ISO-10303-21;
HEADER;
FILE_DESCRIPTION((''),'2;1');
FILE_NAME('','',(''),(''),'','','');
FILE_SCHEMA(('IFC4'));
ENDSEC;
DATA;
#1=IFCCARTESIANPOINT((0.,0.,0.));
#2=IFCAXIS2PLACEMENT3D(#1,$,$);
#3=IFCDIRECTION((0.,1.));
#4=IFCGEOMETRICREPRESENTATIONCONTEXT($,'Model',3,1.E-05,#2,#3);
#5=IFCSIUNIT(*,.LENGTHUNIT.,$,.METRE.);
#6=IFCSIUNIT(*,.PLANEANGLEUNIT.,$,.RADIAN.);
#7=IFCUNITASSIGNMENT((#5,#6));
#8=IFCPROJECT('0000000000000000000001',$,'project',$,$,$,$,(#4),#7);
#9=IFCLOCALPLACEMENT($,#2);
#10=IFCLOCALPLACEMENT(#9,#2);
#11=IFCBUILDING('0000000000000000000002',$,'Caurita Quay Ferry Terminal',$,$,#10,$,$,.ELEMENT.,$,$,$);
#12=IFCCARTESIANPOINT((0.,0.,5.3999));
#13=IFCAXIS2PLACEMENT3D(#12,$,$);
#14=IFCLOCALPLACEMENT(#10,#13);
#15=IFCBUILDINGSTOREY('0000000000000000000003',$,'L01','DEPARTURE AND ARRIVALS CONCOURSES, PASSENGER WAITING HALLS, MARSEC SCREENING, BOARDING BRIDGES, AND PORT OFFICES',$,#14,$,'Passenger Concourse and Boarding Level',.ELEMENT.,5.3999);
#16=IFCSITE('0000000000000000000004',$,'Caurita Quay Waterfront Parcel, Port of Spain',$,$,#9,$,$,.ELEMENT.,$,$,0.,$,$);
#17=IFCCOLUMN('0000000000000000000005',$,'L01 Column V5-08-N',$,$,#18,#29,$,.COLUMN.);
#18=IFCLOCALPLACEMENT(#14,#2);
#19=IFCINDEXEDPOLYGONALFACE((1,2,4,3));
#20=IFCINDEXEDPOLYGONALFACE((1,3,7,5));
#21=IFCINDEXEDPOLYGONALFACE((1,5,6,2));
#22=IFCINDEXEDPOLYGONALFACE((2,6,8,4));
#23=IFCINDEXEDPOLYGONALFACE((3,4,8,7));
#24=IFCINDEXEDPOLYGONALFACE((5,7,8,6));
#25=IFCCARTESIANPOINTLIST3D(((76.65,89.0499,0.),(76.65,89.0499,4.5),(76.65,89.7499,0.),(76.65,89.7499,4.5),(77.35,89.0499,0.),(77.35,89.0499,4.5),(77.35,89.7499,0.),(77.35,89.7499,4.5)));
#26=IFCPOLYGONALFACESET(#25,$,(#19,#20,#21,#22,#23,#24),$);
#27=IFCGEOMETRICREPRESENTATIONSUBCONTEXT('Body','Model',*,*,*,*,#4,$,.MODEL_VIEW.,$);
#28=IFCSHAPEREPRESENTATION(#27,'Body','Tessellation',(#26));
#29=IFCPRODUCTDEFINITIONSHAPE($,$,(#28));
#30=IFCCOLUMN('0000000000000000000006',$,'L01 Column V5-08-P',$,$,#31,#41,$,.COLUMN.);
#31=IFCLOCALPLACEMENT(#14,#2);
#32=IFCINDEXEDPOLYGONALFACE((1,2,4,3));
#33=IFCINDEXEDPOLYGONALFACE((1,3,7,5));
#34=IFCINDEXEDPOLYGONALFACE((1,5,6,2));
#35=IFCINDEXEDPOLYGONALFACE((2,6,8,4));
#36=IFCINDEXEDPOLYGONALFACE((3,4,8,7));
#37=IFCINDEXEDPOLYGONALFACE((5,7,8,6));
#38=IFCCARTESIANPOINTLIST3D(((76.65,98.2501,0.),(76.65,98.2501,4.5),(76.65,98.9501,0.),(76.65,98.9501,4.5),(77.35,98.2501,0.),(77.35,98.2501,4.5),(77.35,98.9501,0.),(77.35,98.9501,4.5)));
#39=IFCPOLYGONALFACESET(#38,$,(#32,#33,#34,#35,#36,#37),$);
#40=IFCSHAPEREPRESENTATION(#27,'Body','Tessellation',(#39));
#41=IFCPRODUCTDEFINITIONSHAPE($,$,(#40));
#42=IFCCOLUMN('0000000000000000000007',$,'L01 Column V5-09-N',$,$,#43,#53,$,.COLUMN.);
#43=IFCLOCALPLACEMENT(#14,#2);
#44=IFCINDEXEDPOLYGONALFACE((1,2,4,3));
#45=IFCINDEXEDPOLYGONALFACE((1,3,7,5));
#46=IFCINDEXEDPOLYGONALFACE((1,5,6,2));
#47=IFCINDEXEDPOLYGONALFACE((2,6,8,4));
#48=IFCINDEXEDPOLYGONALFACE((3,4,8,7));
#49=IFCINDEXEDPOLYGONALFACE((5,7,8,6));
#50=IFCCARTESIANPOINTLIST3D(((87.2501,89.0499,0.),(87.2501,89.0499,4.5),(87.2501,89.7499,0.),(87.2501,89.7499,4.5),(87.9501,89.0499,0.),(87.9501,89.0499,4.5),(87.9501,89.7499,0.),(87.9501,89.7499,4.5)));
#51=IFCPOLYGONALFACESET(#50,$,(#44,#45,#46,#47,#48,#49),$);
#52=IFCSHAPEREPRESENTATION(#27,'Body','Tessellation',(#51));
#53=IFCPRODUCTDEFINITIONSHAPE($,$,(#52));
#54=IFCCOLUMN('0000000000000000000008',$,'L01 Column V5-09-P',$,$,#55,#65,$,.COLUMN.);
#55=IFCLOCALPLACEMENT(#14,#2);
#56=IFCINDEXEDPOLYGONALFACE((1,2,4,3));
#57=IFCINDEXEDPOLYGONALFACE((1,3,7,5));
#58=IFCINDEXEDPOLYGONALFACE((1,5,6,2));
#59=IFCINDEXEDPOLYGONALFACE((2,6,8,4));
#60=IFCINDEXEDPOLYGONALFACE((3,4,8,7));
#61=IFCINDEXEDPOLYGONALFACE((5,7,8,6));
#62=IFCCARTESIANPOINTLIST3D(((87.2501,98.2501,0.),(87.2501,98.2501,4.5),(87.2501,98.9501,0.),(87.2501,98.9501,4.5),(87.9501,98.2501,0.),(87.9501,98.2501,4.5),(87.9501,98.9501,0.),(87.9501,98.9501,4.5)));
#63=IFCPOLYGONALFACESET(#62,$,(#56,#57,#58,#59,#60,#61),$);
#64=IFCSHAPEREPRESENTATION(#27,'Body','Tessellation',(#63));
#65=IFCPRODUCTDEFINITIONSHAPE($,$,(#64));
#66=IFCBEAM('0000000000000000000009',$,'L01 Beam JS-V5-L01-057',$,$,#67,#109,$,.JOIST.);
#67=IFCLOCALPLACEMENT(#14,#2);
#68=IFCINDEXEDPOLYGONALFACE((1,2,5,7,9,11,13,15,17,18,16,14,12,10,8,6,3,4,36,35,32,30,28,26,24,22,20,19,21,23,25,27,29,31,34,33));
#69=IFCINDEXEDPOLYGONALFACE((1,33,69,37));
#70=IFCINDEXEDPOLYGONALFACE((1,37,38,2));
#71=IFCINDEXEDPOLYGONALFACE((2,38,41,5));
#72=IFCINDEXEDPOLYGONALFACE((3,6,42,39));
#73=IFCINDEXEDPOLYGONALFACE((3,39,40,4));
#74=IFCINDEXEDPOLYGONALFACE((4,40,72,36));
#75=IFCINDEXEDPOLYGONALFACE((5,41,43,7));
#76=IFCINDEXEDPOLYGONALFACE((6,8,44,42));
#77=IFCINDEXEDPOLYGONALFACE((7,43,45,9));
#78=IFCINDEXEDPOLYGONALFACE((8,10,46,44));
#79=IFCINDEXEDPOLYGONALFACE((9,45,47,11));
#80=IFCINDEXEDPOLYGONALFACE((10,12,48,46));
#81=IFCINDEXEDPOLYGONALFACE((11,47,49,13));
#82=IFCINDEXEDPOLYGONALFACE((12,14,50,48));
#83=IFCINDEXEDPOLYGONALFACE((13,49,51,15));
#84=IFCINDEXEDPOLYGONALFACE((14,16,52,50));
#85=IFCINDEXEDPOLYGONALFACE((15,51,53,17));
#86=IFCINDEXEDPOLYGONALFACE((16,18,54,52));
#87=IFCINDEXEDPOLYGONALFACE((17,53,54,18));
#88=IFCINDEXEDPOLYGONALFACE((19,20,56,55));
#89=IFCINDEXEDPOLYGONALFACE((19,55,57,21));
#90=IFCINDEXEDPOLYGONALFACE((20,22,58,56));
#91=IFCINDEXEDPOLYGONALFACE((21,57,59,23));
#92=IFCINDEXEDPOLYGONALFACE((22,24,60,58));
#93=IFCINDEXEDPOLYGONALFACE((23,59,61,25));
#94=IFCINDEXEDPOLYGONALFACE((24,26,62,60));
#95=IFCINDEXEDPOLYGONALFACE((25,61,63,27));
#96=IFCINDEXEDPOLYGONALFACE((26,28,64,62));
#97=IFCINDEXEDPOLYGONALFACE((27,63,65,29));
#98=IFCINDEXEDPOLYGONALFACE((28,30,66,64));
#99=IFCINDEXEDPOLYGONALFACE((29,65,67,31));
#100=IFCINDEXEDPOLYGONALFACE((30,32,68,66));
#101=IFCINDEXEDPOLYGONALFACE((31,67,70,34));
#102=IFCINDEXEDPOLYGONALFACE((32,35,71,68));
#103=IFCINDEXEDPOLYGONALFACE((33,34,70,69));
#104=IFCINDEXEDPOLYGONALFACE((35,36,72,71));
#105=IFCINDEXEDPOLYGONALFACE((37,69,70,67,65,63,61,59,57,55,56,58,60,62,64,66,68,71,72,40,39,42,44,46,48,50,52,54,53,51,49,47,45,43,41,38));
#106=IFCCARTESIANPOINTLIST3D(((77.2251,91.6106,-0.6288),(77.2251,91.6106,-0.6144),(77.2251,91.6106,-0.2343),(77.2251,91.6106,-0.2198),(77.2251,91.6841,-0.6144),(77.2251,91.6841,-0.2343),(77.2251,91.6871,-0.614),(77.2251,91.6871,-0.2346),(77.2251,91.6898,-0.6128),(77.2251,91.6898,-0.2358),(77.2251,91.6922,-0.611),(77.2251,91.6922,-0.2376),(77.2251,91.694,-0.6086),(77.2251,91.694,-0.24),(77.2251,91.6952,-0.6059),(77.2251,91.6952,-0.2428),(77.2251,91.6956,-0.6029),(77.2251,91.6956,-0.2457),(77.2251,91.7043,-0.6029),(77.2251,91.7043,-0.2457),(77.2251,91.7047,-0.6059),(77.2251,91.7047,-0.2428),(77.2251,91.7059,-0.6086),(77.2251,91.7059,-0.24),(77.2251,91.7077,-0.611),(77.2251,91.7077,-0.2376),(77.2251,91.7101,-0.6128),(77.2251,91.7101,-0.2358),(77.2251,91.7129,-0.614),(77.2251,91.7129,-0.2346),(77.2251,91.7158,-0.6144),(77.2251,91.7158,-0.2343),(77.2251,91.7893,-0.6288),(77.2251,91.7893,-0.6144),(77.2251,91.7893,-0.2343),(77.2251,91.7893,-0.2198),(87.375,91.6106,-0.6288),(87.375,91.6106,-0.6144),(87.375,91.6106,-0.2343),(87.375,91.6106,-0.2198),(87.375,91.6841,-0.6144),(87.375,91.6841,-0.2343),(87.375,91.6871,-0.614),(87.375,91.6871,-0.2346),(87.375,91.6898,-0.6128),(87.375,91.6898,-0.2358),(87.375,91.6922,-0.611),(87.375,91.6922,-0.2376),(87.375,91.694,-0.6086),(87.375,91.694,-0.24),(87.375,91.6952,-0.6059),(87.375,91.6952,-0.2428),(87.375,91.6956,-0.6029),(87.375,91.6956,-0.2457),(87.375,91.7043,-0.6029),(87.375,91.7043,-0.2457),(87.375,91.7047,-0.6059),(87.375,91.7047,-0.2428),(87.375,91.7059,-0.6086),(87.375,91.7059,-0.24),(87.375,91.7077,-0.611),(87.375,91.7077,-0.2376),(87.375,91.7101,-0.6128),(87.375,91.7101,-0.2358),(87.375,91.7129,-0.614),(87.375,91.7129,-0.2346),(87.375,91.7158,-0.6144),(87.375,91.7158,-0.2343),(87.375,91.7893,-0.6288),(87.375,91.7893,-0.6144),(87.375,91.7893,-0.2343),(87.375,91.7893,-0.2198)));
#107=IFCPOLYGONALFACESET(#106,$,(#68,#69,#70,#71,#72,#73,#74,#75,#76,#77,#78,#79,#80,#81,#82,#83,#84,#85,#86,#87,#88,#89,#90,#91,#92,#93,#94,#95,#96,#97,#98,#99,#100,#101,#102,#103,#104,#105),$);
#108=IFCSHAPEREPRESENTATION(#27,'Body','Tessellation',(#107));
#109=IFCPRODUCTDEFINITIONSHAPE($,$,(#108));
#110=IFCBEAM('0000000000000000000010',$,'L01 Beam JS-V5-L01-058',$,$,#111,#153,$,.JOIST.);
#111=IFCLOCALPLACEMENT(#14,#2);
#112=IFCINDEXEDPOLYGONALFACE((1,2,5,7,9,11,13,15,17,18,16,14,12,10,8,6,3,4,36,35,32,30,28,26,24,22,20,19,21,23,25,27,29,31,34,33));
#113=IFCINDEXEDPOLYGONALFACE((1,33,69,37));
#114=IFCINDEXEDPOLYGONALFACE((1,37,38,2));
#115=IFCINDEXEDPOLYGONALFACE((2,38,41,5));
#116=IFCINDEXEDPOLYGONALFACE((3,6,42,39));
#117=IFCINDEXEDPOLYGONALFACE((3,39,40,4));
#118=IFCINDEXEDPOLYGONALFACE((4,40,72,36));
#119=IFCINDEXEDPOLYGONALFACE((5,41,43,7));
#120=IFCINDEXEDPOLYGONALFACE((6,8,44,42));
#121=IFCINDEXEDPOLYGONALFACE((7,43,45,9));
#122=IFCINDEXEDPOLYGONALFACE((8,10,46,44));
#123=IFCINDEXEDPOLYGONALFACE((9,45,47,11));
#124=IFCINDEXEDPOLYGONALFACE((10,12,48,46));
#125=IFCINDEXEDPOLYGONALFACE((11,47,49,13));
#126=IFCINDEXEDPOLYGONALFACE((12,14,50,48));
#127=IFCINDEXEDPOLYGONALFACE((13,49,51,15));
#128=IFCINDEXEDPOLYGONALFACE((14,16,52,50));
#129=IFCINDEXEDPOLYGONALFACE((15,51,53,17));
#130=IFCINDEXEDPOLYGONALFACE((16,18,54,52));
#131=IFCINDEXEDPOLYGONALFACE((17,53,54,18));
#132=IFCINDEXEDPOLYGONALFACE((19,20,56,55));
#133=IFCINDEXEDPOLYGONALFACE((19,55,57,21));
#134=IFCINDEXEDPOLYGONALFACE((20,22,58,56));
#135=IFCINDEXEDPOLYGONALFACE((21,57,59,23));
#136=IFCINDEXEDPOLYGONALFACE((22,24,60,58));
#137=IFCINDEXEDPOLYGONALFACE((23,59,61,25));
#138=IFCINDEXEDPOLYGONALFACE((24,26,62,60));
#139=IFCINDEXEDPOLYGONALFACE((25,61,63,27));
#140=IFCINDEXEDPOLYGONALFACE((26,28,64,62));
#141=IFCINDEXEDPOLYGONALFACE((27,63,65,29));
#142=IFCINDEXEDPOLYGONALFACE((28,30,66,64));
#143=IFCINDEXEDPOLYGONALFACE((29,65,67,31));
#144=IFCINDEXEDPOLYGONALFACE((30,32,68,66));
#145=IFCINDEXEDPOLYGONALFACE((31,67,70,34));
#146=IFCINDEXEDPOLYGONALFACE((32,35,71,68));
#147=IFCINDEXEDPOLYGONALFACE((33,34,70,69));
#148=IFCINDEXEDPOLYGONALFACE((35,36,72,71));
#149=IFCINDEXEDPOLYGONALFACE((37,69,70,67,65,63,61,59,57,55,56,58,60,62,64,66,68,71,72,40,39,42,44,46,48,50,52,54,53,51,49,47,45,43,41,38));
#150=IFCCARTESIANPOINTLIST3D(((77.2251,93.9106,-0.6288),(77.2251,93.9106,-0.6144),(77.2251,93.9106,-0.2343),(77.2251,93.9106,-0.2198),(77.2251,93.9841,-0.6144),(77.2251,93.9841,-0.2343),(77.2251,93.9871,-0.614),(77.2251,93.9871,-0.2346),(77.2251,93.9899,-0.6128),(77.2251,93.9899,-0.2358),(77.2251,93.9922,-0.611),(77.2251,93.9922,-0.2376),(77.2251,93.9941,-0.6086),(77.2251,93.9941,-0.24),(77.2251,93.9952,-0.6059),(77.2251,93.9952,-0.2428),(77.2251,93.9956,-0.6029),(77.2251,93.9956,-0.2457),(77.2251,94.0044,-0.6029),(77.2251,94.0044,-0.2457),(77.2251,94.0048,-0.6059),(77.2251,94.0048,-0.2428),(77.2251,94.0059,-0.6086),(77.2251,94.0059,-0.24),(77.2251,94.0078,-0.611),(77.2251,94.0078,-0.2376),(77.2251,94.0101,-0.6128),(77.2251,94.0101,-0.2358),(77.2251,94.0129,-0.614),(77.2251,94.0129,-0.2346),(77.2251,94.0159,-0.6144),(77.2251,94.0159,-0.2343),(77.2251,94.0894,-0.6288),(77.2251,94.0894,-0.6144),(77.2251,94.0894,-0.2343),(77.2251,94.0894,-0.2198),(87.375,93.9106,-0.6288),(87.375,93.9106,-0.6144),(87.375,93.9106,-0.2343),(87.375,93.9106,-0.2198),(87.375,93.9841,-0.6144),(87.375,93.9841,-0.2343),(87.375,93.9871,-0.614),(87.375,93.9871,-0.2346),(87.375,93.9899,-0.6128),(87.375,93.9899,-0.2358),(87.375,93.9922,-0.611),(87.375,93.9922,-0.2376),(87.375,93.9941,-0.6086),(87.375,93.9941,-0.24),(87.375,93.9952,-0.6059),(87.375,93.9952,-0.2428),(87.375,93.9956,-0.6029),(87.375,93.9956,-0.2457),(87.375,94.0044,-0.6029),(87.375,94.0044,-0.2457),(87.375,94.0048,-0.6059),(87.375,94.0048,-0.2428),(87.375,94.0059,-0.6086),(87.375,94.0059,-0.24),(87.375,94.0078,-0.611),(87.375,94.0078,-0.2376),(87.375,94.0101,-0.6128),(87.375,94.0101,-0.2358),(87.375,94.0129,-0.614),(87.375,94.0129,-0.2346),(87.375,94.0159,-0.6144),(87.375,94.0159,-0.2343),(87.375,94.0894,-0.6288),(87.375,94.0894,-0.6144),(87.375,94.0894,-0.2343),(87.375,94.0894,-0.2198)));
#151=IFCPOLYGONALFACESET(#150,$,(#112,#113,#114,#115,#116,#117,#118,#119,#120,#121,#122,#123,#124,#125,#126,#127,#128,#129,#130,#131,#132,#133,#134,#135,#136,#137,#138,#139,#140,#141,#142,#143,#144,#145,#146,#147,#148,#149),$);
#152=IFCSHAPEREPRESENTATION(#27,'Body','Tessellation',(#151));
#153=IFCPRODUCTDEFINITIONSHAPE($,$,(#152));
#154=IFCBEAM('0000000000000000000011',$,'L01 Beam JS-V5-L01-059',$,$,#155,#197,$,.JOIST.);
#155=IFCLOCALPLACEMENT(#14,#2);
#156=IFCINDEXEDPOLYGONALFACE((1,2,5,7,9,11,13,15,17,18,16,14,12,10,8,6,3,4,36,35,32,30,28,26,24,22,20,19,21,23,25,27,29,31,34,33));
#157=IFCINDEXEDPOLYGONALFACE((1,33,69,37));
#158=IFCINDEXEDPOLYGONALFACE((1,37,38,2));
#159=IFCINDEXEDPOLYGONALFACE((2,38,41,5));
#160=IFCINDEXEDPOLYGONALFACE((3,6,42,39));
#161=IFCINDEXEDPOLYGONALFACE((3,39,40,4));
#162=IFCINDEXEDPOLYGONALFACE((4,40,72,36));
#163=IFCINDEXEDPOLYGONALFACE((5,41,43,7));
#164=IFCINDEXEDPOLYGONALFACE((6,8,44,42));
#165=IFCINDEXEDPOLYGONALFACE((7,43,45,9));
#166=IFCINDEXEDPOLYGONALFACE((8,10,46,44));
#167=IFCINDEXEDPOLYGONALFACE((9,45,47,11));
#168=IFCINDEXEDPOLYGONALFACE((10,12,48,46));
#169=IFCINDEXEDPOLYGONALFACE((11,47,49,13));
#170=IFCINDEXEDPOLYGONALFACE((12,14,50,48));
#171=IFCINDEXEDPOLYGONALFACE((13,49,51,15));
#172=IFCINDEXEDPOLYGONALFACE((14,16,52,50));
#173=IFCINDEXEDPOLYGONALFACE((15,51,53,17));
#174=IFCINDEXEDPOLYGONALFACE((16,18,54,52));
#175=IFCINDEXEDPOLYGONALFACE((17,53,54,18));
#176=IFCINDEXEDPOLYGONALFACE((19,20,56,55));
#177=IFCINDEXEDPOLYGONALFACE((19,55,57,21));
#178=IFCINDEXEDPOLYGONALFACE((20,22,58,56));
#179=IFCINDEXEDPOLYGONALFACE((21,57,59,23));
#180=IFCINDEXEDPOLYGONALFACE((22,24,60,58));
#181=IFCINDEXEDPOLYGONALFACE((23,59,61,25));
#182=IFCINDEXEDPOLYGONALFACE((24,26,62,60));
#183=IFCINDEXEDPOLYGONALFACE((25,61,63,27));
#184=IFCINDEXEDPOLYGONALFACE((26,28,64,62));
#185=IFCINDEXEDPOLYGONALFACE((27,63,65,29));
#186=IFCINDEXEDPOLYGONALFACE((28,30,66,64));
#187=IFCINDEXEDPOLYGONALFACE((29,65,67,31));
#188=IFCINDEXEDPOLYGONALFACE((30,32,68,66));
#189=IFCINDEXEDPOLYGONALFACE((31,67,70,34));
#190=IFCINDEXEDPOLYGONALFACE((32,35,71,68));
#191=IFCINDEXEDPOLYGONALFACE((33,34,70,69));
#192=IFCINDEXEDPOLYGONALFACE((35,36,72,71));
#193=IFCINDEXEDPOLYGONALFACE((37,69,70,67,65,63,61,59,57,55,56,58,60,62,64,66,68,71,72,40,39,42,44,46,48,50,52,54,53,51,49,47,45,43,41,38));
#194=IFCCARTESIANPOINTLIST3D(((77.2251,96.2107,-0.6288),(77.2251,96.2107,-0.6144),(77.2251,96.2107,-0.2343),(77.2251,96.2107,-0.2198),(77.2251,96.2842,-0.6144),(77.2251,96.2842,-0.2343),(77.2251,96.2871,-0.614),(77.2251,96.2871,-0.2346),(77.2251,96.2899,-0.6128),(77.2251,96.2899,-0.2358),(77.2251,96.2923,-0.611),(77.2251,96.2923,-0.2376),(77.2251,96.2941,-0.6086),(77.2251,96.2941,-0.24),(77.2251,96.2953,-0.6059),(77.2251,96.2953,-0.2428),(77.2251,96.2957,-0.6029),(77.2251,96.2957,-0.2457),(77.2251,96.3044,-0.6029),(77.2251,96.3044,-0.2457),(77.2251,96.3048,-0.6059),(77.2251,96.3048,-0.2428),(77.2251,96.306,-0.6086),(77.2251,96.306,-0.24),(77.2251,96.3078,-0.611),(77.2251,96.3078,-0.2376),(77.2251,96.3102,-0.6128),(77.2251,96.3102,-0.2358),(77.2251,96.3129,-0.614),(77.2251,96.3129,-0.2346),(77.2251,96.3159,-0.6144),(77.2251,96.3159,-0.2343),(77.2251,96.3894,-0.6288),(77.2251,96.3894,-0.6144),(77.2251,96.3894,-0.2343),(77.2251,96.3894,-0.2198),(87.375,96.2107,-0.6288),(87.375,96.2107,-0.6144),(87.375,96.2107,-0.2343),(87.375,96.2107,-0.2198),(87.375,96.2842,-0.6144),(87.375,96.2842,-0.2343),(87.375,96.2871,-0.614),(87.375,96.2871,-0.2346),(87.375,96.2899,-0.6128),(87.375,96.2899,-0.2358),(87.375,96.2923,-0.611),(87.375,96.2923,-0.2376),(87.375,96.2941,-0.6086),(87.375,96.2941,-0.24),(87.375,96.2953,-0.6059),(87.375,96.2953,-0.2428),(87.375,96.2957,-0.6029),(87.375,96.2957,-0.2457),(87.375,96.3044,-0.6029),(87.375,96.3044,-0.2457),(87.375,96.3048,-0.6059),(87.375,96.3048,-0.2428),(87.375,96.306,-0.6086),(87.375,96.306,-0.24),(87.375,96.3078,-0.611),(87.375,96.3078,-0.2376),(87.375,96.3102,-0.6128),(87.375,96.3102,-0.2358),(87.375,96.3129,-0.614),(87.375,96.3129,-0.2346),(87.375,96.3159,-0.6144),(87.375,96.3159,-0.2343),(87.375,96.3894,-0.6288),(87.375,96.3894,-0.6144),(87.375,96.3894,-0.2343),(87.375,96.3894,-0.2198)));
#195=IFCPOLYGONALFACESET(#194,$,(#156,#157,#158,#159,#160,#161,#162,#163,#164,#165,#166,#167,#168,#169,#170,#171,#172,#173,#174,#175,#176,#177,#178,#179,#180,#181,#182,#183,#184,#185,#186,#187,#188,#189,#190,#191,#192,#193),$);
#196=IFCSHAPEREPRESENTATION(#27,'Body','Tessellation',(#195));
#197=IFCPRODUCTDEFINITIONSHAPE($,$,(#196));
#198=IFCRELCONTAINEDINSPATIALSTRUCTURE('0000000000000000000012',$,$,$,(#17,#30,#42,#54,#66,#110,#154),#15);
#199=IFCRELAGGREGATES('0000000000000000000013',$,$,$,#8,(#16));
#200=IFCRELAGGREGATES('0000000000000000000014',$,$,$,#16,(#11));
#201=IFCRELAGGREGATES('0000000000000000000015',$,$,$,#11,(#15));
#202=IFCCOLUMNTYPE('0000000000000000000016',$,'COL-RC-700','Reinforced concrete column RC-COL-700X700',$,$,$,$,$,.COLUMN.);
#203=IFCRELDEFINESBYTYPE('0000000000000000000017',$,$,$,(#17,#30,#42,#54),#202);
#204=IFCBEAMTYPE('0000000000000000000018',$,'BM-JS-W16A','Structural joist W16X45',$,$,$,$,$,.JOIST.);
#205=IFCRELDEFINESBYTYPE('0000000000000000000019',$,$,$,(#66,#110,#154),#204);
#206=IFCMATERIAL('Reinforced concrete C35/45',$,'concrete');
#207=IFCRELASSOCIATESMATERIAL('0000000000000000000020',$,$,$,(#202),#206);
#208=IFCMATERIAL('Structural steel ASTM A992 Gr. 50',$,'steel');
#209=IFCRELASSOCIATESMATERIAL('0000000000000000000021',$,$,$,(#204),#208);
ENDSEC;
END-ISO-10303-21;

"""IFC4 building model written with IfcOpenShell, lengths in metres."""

from ifc_helpers import new_model, si_unit, direction, frame, origin, origin_2d, place, context, subcontext, project, spatial, rectangle, i_section, extrude, material, material_profile, profile_set, type_object, element, save


model = new_model("IFC4")

# Units and contexts
model_context = context("Model", 3, precision=1e-05, world=origin(), true_north=direction((0.0, 1.0)))
body_context = subcontext(model_context, "Body", "Model", "MODEL_VIEW")
ifc_project = project(units=[si_unit("LENGTHUNIT", "METRE"), si_unit("PLANEANGLEUNIT", "RADIAN")], contexts=[model_context])

# Site, building, storey
site_placement = place(None, origin())
site = spatial("IfcSite", under=ifc_project, at=site_placement, Name="Caurita Quay Waterfront Parcel, Port of Spain", CompositionType="ELEMENT", RefElevation=0.0)
building_placement = place(site_placement, origin())
building = spatial("IfcBuilding", under=site, at=building_placement, Name="Caurita Quay Ferry Terminal", CompositionType="ELEMENT")
storey_placement = place(building_placement, frame((0.0, 0.0, 5.3999)))
storey = spatial("IfcBuildingStorey", under=building, at=storey_placement, Name="L01", Description="DEPARTURE AND ARRIVALS CONCOURSES, PASSENGER WAITING HALLS, MARSEC SCREENING, BOARDING BRIDGES, AND PORT OFFICES", LongName="Passenger Concourse and Boarding Level", CompositionType="ELEMENT", Elevation=5.3999)

# Columns
ifc_material_1 = material(Name="Reinforced concrete C35/45", Category="concrete")
ifc_material_profile_1 = material_profile(ifc_material_1, rectangle(XDim=0.7, YDim=0.7, at=origin_2d()), Name="RC-COL-700X700")
ifc_profile_set_1 = profile_set([ifc_material_profile_1], Name="Reinforced concrete C35/45")
column_type = type_object("IfcColumnType", Name="COL-RC-700", Description="Reinforced concrete column RC-COL-700X700", PredefinedType="COLUMN", material=ifc_profile_set_1)
for number, where, z_axis, x_axis, name in (
    (1, (77.0, 89.3999, 0.0), (0.0, 0.0, 1.0), (1.0, 0.0, 0.0), "L01 Column V5-08-N"),
    (2, (77.0, 98.6001, 0.0), (0.0, 0.0, 1.0), (1.0, 0.0, 0.0), "L01 Column V5-08-P"),
    (3, (87.6001, 89.3999, 0.0), (0.0, 0.0, 1.0), (1.0, 0.0, 0.0), "L01 Column V5-09-N"),
    (4, (87.6001, 98.6001, 0.0), (0.0, 0.0, 1.0), (1.0, 0.0, 0.0), "L01 Column V5-09-P"),
):
    element("IfcColumn", number, at=place(storey_placement, frame(where, z_axis=z_axis, x_axis=x_axis)), inside=storey, type_object=column_type, Name=name, PredefinedType="COLUMN", context=body_context, shape_type="SweptSolid", body=[
        extrude(rectangle(XDim=0.7, YDim=0.7, at=origin_2d()), origin(), (0.0, 0.0, 1.0), 4.5),
    ])

# Beams
ifc_material_2 = material(Name="Structural steel ASTM A992 Gr. 50", Category="steel")
ifc_material_profile_2 = material_profile(ifc_material_2, i_section(OverallWidth=0.1787, OverallDepth=0.4089, WebThickness=0.0088, FlangeThickness=0.0144, FilletRadius=0.0115, at=origin_2d()), Name="W16X45")
ifc_profile_set_2 = profile_set([ifc_material_profile_2], Name="Structural steel ASTM A992 Gr. 50")
beam_type_1 = type_object("IfcBeamType", Name="BM-JS-W16A", Description="Structural joist W16X45", PredefinedType="JOIST", material=ifc_profile_set_2)
for number, where, z_axis, x_axis, name in (
    (5, (77.2251, 91.7, -0.4243), (1.0, 0.0, 0.0), (0.0, 1.0, 0.0), "L01 Beam JS-V5-L01-057"),
    (6, (77.2251, 94.0, -0.4243), (1.0, 0.0, 0.0), (0.0, 1.0, 0.0), "L01 Beam JS-V5-L01-058"),
    (7, (77.2251, 96.3, -0.4243), (1.0, 0.0, 0.0), (0.0, 1.0, 0.0), "L01 Beam JS-V5-L01-059"),
):
    element("IfcBeam", number, at=place(storey_placement, frame(where, z_axis=z_axis, x_axis=x_axis)), inside=storey, type_object=beam_type_1, Name=name, PredefinedType="JOIST", context=body_context, shape_type="SweptSolid", body=[
        extrude(i_section(OverallWidth=0.1787, OverallDepth=0.4089, WebThickness=0.0088, FlangeThickness=0.0144, FilletRadius=0.0115, at=origin_2d()), origin(), (0.0, 0.0, 1.0), 10.1499),
    ])

save(model, "model.ifc")
